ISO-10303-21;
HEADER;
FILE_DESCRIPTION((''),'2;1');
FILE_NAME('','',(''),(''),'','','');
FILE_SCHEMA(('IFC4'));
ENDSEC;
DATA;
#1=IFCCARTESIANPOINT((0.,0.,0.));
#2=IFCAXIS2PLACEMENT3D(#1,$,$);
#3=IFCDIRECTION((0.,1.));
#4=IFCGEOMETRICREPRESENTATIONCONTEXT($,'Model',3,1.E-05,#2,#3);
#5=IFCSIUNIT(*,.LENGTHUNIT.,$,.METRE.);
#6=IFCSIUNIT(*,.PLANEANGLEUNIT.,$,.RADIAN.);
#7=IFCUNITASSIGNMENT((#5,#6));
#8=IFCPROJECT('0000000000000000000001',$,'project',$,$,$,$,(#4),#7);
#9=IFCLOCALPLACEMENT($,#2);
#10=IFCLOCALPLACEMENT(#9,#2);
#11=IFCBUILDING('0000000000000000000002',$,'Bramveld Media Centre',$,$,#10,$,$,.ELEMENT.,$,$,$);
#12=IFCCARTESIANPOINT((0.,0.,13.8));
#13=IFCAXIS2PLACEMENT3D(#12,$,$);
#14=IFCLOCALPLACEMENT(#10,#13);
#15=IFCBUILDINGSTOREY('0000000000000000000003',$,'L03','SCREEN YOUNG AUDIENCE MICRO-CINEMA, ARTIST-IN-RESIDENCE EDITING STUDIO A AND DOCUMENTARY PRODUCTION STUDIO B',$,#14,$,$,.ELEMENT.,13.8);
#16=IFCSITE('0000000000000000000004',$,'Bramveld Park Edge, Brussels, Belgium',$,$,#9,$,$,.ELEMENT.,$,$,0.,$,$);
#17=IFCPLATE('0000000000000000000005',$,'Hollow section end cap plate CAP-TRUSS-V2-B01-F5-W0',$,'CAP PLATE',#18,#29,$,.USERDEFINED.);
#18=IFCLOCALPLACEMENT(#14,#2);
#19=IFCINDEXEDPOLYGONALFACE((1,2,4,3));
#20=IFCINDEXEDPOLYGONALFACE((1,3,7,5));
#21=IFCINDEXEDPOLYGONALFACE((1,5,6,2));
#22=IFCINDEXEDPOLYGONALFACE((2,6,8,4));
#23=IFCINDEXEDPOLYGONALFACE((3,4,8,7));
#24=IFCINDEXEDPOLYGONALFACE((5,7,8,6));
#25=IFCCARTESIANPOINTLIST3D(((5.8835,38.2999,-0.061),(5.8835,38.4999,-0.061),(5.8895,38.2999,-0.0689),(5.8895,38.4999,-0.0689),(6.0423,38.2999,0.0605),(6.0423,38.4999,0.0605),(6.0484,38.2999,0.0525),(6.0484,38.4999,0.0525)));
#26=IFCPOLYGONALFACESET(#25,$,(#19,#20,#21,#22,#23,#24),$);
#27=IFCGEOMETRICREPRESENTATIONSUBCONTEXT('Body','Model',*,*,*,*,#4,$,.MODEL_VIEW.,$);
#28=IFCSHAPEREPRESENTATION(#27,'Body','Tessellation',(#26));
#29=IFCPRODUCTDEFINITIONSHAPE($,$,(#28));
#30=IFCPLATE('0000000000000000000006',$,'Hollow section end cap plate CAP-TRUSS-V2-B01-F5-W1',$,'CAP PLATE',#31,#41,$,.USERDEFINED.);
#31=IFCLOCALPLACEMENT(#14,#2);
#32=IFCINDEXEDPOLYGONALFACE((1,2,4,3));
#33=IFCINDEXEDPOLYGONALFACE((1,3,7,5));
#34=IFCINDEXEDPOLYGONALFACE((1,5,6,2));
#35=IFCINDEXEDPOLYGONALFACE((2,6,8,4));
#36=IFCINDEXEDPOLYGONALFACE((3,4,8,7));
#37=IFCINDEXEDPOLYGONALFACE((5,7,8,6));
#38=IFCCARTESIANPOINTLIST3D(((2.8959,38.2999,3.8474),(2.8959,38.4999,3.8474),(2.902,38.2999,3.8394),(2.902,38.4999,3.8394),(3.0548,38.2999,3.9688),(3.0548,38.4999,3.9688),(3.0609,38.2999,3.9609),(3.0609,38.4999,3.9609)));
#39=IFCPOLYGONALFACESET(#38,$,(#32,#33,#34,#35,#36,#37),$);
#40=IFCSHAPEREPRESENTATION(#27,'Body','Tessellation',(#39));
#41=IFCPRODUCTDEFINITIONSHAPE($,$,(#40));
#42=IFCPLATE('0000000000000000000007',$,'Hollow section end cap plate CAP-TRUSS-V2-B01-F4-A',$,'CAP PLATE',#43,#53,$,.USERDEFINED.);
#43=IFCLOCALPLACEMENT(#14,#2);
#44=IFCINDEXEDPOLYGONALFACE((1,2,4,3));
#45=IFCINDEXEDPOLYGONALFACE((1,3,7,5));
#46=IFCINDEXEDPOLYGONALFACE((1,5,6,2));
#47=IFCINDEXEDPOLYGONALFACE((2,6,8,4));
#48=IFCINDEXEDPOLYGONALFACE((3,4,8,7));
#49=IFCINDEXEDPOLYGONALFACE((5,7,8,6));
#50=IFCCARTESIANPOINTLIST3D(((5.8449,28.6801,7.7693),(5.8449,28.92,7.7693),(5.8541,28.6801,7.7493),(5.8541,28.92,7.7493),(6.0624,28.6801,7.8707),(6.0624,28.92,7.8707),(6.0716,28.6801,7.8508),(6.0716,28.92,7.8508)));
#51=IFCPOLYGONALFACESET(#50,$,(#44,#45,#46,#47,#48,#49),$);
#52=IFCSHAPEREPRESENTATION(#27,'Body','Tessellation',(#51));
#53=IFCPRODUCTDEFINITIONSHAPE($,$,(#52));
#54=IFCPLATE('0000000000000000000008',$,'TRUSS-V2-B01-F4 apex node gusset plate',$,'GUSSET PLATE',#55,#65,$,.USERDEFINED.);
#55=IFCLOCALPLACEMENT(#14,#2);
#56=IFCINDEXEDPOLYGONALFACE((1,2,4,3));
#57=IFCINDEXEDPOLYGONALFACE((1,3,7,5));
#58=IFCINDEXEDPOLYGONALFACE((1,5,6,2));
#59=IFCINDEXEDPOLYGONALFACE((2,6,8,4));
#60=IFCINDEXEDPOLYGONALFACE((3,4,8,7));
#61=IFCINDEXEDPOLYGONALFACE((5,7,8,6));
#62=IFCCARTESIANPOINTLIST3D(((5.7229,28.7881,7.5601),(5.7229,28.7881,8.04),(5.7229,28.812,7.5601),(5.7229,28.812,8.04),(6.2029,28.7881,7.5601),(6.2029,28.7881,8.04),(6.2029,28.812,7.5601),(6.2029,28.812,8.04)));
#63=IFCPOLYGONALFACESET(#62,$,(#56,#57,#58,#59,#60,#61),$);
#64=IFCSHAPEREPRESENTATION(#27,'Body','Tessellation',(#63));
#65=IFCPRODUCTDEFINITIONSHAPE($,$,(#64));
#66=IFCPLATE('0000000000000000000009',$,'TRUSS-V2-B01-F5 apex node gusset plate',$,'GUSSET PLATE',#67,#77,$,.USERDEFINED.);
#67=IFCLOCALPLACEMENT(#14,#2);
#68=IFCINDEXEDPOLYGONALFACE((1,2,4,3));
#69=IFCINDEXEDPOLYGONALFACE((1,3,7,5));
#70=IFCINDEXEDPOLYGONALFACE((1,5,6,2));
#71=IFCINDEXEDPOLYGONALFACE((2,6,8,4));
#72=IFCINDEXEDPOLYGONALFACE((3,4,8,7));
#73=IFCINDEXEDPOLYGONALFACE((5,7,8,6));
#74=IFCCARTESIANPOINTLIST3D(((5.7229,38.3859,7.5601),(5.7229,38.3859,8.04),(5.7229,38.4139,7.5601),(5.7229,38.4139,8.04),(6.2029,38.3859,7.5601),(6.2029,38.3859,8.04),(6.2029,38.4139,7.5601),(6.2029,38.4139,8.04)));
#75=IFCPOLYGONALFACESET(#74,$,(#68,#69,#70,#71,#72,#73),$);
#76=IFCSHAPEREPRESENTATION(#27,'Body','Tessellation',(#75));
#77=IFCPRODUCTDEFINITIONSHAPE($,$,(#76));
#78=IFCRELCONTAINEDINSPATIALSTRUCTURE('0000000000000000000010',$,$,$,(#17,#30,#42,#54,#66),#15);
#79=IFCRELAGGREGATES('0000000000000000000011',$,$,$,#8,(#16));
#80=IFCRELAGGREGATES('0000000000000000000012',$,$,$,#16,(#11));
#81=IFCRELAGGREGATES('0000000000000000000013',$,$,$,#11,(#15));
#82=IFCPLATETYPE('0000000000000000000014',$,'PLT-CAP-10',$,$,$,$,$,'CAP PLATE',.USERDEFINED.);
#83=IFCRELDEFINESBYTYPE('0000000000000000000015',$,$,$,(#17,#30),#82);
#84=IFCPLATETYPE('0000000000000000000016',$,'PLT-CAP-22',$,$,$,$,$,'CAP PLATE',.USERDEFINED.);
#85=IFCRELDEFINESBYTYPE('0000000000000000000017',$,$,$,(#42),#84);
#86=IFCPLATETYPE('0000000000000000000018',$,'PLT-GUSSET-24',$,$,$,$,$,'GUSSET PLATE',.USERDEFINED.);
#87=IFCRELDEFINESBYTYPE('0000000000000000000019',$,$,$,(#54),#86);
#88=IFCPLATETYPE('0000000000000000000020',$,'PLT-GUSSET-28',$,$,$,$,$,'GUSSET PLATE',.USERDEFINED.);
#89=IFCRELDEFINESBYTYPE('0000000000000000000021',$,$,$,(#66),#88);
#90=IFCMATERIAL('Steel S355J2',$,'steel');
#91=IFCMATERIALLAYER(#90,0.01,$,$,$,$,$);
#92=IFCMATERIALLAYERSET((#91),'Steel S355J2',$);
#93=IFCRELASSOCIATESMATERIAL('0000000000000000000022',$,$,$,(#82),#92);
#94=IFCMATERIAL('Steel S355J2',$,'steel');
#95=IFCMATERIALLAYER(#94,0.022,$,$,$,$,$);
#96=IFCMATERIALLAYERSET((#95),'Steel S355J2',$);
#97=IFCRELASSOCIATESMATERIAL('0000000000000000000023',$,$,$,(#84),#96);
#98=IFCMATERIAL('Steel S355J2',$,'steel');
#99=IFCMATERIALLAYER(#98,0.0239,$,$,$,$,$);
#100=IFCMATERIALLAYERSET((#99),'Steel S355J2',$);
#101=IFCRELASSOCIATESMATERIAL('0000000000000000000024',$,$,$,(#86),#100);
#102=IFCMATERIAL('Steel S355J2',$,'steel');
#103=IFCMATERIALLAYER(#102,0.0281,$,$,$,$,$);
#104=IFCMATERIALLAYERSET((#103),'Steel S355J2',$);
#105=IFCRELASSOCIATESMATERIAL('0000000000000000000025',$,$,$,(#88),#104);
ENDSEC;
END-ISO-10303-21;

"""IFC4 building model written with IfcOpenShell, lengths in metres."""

from ifc_helpers import new_model, si_unit, direction, frame, origin, origin_2d, place, context, subcontext, project, spatial, rectangle, extrude, material, layer, layer_set, type_object, element, save


model = new_model("IFC4")

# Units and contexts
model_context = context("Model", 3, precision=1e-05, world=origin(), true_north=direction((0.0, 1.0)))
body_context = subcontext(model_context, "Body", "Model", "MODEL_VIEW")
ifc_project = project(units=[si_unit("LENGTHUNIT", "METRE"), si_unit("PLANEANGLEUNIT", "RADIAN")], contexts=[model_context])

# Site, building, storey
site_placement = place(None, origin())
site = spatial("IfcSite", under=ifc_project, at=site_placement, Name="Bramveld Park Edge, Brussels, Belgium", CompositionType="ELEMENT", RefElevation=0.0)
building_placement = place(site_placement, origin())
building = spatial("IfcBuilding", under=site, at=building_placement, Name="Bramveld Media Centre", CompositionType="ELEMENT")
storey_placement = place(building_placement, frame((0.0, 0.0, 13.8)))
storey = spatial("IfcBuildingStorey", under=building, at=storey_placement, Name="L03", Description="SCREEN YOUNG AUDIENCE MICRO-CINEMA, ARTIST-IN-RESIDENCE EDITING STUDIO A AND DOCUMENTARY PRODUCTION STUDIO B", CompositionType="ELEMENT", Elevation=13.8)

# Plates
ifc_material_1 = material(Name="Steel S355J2", Category="steel")
ifc_layer_1 = layer(ifc_material_1, 0.01)
ifc_layer_set_1 = layer_set([ifc_layer_1], Name="Steel S355J2")
plate_type_1 = type_object("IfcPlateType", Name="PLT-CAP-10", ElementType="CAP PLATE", PredefinedType="USERDEFINED", material=ifc_layer_set_1)
for number, where, z_axis, x_axis, name in (
    (1, (5.9629, 38.3999, -0.0002), (0.607328, 0.0, -0.794451), (0.0, 1.0, 0.0), "Hollow section end cap plate CAP-TRUSS-V2-B01-F5-W0"),
    (2, (2.9814, 38.3999, 3.9001), (-0.607328, 0.0, 0.794451), (0.0, -1.0, 0.0), "Hollow section end cap plate CAP-TRUSS-V2-B01-F5-W1"),
):
    element("IfcPlate", number, at=place(storey_placement, frame(where, z_axis=z_axis, x_axis=x_axis)), inside=storey, type_object=plate_type_1, Name=name, ObjectType="CAP PLATE", PredefinedType="USERDEFINED", context=body_context, shape_type="SweptSolid", body=[
        extrude(rectangle(XDim=0.2, YDim=0.2, at=origin_2d()), origin(), (0.0, 0.0, 1.0), 0.01),
    ])
ifc_material_2 = material(Name="Steel S355J2", Category="steel")
ifc_layer_2 = layer(ifc_material_2, 0.022)
ifc_layer_set_2 = layer_set([ifc_layer_2], Name="Steel S355J2")
plate_type_2 = type_object("IfcPlateType", Name="PLT-CAP-22", ElementType="CAP PLATE", PredefinedType="USERDEFINED", material=ifc_layer_set_2)
plate_1_placement = place(storey_placement, frame((5.9629, 28.8, 7.8), z_axis=(-0.422618, 0.0, 0.906308), x_axis=(0.0, -1.0, 0.0)))
element("IfcPlate", 3, at=plate_1_placement, inside=storey, type_object=plate_type_2, Name="Hollow section end cap plate CAP-TRUSS-V2-B01-F4-A", ObjectType="CAP PLATE", PredefinedType="USERDEFINED", context=body_context, shape_type="SweptSolid", body=[
    extrude(rectangle(XDim=0.24, YDim=0.24, at=origin_2d()), origin(), (0.0, 0.0, 1.0), 0.022),
])
ifc_material_3 = material(Name="Steel S355J2", Category="steel")
ifc_layer_3 = layer(ifc_material_3, 0.0239)
ifc_layer_set_3 = layer_set([ifc_layer_3], Name="Steel S355J2")
plate_type_3 = type_object("IfcPlateType", Name="PLT-GUSSET-24", ElementType="GUSSET PLATE", PredefinedType="USERDEFINED", material=ifc_layer_set_3)
plate_2_placement = place(storey_placement, frame((5.9629, 28.8, 7.5601), z_axis=(0.0, 0.0, 1.0), x_axis=(1.0, 0.0, 0.0)))
element("IfcPlate", 4, at=plate_2_placement, inside=storey, type_object=plate_type_3, Name="TRUSS-V2-B01-F4 apex node gusset plate", ObjectType="GUSSET PLATE", PredefinedType="USERDEFINED", context=body_context, shape_type="SweptSolid", body=[
    extrude(rectangle(XDim=0.48, YDim=0.0239, at=origin_2d()), origin(), (0.0, 0.0, 1.0), 0.48),
])
ifc_material_4 = material(Name="Steel S355J2", Category="steel")
ifc_layer_4 = layer(ifc_material_4, 0.0281)
ifc_layer_set_4 = layer_set([ifc_layer_4], Name="Steel S355J2")
plate_type_4 = type_object("IfcPlateType", Name="PLT-GUSSET-28", ElementType="GUSSET PLATE", PredefinedType="USERDEFINED", material=ifc_layer_set_4)
plate_3_placement = place(storey_placement, frame((5.9629, 38.3999, 7.5601), z_axis=(0.0, 0.0, 1.0), x_axis=(1.0, 0.0, 0.0)))
element("IfcPlate", 5, at=plate_3_placement, inside=storey, type_object=plate_type_4, Name="TRUSS-V2-B01-F5 apex node gusset plate", ObjectType="GUSSET PLATE", PredefinedType="USERDEFINED", context=body_context, shape_type="SweptSolid", body=[
    extrude(rectangle(XDim=0.48, YDim=0.0281, at=origin_2d()), origin(), (0.0, 0.0, 1.0), 0.48),
])

save(model, "model.ifc")
